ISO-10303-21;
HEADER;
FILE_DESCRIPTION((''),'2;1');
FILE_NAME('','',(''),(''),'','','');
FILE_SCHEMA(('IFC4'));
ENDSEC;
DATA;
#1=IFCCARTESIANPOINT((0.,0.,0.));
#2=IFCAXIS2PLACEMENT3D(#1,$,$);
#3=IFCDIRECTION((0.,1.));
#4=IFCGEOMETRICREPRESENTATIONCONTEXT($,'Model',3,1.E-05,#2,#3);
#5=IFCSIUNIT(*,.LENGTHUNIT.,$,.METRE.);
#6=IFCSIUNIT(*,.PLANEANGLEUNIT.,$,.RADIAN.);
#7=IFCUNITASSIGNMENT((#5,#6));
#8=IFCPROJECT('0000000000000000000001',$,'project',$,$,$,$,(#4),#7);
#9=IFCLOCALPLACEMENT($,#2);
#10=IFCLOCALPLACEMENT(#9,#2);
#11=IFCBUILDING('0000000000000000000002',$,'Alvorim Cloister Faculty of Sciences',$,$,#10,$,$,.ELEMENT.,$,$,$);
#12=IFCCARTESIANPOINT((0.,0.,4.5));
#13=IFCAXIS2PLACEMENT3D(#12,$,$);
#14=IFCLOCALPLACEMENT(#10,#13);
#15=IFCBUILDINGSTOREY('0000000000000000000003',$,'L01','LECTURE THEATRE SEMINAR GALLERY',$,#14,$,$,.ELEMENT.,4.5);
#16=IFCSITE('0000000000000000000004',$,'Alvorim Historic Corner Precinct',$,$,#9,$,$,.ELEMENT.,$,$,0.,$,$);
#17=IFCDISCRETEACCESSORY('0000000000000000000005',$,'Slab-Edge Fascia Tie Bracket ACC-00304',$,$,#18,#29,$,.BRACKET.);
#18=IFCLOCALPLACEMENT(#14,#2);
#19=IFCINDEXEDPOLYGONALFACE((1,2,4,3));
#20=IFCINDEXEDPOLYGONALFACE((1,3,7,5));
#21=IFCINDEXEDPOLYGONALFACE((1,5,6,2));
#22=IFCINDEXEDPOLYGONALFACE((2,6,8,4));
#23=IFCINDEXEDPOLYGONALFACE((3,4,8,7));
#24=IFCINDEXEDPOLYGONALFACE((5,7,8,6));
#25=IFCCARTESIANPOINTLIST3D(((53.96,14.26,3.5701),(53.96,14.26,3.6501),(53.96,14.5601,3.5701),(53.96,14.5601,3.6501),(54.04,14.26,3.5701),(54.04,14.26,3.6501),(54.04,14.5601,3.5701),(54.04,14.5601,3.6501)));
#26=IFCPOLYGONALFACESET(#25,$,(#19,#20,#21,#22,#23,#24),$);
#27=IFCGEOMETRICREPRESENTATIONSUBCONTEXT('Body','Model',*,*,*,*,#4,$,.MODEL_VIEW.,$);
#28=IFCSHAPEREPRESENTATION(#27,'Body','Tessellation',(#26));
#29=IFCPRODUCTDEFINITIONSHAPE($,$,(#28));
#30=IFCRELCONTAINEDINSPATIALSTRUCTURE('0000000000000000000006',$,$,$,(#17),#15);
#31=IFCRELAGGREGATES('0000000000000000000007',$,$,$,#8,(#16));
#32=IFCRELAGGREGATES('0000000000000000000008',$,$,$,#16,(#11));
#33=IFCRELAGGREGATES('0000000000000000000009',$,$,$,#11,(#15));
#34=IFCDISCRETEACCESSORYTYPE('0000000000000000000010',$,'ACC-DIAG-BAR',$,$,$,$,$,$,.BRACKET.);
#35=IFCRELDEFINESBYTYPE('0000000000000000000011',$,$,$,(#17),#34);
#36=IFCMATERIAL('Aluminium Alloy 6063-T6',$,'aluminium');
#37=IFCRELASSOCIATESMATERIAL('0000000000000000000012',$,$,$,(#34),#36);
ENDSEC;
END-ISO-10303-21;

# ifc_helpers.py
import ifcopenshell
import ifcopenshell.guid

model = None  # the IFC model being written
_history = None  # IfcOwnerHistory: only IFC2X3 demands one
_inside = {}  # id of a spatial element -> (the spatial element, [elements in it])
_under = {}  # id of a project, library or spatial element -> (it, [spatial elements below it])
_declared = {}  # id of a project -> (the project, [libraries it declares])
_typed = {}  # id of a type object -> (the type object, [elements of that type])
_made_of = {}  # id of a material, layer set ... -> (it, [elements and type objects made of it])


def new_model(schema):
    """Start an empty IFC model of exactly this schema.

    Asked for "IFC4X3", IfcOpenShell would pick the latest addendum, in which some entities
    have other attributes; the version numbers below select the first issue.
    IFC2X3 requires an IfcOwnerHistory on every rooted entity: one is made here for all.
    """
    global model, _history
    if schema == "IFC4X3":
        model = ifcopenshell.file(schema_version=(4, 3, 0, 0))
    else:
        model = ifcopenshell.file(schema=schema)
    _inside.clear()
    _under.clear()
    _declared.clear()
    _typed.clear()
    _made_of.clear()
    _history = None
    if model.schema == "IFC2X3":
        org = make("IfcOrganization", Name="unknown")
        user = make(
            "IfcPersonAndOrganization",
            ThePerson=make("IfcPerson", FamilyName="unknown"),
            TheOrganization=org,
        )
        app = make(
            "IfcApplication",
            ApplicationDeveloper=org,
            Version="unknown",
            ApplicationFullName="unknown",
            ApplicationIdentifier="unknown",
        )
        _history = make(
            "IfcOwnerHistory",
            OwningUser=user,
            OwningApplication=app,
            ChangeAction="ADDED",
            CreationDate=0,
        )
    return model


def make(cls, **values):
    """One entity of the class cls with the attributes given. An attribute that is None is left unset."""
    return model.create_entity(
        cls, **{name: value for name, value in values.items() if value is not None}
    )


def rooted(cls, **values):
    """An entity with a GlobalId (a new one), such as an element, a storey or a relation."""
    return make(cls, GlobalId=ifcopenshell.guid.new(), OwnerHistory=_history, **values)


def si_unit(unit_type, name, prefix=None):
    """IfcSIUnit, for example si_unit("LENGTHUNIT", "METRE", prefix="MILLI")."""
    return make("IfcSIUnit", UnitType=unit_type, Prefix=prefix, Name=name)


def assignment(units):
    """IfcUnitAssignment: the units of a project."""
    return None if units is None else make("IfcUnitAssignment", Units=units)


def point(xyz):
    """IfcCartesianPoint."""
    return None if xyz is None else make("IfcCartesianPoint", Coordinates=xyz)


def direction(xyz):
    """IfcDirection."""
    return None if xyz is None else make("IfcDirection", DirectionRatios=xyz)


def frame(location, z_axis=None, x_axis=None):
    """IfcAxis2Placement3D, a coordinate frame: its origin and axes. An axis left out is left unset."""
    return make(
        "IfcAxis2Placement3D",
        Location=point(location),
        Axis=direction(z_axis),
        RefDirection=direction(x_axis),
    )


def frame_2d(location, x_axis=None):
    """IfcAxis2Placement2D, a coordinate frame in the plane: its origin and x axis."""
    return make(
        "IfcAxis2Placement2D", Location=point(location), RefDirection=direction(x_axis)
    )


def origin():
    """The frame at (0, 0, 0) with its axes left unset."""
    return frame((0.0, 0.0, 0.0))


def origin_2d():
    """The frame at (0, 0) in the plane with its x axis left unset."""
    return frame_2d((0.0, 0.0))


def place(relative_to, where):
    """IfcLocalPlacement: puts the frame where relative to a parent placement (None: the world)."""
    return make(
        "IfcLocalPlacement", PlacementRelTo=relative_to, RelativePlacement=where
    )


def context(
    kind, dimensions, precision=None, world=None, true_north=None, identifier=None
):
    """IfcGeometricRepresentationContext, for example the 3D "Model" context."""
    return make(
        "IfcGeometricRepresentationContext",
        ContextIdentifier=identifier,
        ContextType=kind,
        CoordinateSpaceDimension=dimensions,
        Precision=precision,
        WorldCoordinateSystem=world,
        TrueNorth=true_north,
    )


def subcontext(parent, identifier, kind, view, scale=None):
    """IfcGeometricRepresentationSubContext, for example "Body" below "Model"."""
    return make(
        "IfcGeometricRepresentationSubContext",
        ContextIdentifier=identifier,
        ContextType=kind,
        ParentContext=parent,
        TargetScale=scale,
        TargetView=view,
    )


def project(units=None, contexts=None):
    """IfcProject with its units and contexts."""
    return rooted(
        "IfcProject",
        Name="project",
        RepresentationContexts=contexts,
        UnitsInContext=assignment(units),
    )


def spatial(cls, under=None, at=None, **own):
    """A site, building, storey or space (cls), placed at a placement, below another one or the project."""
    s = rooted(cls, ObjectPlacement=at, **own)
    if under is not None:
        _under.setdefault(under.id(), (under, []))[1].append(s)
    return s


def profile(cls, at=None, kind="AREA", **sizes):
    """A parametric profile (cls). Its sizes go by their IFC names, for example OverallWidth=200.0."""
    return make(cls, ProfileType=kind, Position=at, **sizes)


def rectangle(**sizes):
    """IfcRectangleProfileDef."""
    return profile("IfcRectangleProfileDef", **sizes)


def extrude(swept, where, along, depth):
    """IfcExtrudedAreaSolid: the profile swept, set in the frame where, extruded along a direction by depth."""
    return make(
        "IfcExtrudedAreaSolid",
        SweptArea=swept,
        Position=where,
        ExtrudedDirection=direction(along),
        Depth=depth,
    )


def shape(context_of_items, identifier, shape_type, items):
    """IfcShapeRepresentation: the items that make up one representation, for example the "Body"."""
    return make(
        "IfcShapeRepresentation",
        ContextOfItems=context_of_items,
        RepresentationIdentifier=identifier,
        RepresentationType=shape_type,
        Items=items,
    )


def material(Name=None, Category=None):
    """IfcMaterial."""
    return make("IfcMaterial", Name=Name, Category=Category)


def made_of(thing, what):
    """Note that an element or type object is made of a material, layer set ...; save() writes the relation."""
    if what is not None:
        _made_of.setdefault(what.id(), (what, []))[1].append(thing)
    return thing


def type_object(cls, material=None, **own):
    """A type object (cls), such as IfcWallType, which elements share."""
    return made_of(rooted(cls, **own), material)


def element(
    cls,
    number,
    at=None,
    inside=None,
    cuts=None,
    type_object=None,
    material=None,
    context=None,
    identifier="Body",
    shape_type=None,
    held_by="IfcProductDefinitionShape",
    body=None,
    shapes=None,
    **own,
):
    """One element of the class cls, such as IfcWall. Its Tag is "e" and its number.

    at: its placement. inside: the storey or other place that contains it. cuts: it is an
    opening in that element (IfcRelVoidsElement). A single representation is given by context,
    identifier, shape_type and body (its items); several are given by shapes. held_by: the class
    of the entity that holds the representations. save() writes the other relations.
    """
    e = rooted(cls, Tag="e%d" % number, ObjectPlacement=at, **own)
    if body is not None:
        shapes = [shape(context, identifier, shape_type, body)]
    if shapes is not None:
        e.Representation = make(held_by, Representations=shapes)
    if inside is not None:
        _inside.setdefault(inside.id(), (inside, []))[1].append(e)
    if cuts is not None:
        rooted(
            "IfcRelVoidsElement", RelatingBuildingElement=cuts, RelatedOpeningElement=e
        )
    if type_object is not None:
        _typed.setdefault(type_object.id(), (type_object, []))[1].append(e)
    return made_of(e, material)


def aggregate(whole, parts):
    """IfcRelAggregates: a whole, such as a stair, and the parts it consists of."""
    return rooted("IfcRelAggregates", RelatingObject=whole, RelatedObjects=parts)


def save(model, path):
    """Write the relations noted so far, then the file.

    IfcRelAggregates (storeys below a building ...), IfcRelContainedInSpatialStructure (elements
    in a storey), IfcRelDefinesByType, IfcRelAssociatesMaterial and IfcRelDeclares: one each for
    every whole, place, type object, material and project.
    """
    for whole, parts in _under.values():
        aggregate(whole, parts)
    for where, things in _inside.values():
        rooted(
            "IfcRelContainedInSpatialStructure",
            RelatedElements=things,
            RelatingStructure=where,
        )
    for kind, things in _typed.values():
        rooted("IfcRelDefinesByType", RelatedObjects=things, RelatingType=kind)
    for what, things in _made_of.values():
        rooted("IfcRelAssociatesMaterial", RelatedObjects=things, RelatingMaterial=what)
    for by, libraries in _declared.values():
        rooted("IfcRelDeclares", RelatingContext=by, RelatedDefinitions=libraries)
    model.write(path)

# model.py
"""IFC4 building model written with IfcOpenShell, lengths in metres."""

from ifc_helpers import new_model, si_unit, direction, frame, origin, origin_2d, place, context, subcontext, project, spatial, rectangle, extrude, material, type_object, element, save


model = new_model("IFC4")

# Units and contexts
model_context = context("Model", 3, precision=1e-05, world=origin(), true_north=direction((0.0, 1.0)))
body_context = subcontext(model_context, "Body", "Model", "MODEL_VIEW")
ifc_project = project(units=[si_unit("LENGTHUNIT", "METRE"), si_unit("PLANEANGLEUNIT", "RADIAN")], contexts=[model_context])

# Site, building, storey
site_placement = place(None, origin())
site = spatial("IfcSite", under=ifc_project, at=site_placement, Name="Alvorim Historic Corner Precinct", CompositionType="ELEMENT", RefElevation=0.0)
building_placement = place(site_placement, origin())
building = spatial("IfcBuilding", under=site, at=building_placement, Name="Alvorim Cloister Faculty of Sciences", CompositionType="ELEMENT")
storey_placement = place(building_placement, frame((0.0, 0.0, 4.5)))
storey = spatial("IfcBuildingStorey", under=building, at=storey_placement, Name="L01", Description="LECTURE THEATRE SEMINAR GALLERY", CompositionType="ELEMENT", Elevation=4.5)

# Shared definitions
ifc_material_1 = material(Name="Aluminium Alloy 6063-T6", Category="aluminium")

# Discrete accessory
discrete_accessory_type = type_object("IfcDiscreteAccessoryType", Name="ACC-DIAG-BAR", PredefinedType="BRACKET", material=ifc_material_1)
discrete_accessory_placement = place(storey_placement, frame((54.0, 14.26, 3.6101), z_axis=(0.0, 1.0, 0.0), x_axis=(-1.0, 0.0, 0.0)))
element("IfcDiscreteAccessory", 1, at=discrete_accessory_placement, inside=storey, type_object=discrete_accessory_type, Name="Slab-Edge Fascia Tie Bracket ACC-00304", PredefinedType="BRACKET", context=body_context, shape_type="SweptSolid", body=[
    extrude(rectangle(XDim=0.0801, YDim=0.0801, at=origin_2d()), origin(), (0.0, 0.0, 1.0), 0.3),
])

save(model, "model.ifc")
